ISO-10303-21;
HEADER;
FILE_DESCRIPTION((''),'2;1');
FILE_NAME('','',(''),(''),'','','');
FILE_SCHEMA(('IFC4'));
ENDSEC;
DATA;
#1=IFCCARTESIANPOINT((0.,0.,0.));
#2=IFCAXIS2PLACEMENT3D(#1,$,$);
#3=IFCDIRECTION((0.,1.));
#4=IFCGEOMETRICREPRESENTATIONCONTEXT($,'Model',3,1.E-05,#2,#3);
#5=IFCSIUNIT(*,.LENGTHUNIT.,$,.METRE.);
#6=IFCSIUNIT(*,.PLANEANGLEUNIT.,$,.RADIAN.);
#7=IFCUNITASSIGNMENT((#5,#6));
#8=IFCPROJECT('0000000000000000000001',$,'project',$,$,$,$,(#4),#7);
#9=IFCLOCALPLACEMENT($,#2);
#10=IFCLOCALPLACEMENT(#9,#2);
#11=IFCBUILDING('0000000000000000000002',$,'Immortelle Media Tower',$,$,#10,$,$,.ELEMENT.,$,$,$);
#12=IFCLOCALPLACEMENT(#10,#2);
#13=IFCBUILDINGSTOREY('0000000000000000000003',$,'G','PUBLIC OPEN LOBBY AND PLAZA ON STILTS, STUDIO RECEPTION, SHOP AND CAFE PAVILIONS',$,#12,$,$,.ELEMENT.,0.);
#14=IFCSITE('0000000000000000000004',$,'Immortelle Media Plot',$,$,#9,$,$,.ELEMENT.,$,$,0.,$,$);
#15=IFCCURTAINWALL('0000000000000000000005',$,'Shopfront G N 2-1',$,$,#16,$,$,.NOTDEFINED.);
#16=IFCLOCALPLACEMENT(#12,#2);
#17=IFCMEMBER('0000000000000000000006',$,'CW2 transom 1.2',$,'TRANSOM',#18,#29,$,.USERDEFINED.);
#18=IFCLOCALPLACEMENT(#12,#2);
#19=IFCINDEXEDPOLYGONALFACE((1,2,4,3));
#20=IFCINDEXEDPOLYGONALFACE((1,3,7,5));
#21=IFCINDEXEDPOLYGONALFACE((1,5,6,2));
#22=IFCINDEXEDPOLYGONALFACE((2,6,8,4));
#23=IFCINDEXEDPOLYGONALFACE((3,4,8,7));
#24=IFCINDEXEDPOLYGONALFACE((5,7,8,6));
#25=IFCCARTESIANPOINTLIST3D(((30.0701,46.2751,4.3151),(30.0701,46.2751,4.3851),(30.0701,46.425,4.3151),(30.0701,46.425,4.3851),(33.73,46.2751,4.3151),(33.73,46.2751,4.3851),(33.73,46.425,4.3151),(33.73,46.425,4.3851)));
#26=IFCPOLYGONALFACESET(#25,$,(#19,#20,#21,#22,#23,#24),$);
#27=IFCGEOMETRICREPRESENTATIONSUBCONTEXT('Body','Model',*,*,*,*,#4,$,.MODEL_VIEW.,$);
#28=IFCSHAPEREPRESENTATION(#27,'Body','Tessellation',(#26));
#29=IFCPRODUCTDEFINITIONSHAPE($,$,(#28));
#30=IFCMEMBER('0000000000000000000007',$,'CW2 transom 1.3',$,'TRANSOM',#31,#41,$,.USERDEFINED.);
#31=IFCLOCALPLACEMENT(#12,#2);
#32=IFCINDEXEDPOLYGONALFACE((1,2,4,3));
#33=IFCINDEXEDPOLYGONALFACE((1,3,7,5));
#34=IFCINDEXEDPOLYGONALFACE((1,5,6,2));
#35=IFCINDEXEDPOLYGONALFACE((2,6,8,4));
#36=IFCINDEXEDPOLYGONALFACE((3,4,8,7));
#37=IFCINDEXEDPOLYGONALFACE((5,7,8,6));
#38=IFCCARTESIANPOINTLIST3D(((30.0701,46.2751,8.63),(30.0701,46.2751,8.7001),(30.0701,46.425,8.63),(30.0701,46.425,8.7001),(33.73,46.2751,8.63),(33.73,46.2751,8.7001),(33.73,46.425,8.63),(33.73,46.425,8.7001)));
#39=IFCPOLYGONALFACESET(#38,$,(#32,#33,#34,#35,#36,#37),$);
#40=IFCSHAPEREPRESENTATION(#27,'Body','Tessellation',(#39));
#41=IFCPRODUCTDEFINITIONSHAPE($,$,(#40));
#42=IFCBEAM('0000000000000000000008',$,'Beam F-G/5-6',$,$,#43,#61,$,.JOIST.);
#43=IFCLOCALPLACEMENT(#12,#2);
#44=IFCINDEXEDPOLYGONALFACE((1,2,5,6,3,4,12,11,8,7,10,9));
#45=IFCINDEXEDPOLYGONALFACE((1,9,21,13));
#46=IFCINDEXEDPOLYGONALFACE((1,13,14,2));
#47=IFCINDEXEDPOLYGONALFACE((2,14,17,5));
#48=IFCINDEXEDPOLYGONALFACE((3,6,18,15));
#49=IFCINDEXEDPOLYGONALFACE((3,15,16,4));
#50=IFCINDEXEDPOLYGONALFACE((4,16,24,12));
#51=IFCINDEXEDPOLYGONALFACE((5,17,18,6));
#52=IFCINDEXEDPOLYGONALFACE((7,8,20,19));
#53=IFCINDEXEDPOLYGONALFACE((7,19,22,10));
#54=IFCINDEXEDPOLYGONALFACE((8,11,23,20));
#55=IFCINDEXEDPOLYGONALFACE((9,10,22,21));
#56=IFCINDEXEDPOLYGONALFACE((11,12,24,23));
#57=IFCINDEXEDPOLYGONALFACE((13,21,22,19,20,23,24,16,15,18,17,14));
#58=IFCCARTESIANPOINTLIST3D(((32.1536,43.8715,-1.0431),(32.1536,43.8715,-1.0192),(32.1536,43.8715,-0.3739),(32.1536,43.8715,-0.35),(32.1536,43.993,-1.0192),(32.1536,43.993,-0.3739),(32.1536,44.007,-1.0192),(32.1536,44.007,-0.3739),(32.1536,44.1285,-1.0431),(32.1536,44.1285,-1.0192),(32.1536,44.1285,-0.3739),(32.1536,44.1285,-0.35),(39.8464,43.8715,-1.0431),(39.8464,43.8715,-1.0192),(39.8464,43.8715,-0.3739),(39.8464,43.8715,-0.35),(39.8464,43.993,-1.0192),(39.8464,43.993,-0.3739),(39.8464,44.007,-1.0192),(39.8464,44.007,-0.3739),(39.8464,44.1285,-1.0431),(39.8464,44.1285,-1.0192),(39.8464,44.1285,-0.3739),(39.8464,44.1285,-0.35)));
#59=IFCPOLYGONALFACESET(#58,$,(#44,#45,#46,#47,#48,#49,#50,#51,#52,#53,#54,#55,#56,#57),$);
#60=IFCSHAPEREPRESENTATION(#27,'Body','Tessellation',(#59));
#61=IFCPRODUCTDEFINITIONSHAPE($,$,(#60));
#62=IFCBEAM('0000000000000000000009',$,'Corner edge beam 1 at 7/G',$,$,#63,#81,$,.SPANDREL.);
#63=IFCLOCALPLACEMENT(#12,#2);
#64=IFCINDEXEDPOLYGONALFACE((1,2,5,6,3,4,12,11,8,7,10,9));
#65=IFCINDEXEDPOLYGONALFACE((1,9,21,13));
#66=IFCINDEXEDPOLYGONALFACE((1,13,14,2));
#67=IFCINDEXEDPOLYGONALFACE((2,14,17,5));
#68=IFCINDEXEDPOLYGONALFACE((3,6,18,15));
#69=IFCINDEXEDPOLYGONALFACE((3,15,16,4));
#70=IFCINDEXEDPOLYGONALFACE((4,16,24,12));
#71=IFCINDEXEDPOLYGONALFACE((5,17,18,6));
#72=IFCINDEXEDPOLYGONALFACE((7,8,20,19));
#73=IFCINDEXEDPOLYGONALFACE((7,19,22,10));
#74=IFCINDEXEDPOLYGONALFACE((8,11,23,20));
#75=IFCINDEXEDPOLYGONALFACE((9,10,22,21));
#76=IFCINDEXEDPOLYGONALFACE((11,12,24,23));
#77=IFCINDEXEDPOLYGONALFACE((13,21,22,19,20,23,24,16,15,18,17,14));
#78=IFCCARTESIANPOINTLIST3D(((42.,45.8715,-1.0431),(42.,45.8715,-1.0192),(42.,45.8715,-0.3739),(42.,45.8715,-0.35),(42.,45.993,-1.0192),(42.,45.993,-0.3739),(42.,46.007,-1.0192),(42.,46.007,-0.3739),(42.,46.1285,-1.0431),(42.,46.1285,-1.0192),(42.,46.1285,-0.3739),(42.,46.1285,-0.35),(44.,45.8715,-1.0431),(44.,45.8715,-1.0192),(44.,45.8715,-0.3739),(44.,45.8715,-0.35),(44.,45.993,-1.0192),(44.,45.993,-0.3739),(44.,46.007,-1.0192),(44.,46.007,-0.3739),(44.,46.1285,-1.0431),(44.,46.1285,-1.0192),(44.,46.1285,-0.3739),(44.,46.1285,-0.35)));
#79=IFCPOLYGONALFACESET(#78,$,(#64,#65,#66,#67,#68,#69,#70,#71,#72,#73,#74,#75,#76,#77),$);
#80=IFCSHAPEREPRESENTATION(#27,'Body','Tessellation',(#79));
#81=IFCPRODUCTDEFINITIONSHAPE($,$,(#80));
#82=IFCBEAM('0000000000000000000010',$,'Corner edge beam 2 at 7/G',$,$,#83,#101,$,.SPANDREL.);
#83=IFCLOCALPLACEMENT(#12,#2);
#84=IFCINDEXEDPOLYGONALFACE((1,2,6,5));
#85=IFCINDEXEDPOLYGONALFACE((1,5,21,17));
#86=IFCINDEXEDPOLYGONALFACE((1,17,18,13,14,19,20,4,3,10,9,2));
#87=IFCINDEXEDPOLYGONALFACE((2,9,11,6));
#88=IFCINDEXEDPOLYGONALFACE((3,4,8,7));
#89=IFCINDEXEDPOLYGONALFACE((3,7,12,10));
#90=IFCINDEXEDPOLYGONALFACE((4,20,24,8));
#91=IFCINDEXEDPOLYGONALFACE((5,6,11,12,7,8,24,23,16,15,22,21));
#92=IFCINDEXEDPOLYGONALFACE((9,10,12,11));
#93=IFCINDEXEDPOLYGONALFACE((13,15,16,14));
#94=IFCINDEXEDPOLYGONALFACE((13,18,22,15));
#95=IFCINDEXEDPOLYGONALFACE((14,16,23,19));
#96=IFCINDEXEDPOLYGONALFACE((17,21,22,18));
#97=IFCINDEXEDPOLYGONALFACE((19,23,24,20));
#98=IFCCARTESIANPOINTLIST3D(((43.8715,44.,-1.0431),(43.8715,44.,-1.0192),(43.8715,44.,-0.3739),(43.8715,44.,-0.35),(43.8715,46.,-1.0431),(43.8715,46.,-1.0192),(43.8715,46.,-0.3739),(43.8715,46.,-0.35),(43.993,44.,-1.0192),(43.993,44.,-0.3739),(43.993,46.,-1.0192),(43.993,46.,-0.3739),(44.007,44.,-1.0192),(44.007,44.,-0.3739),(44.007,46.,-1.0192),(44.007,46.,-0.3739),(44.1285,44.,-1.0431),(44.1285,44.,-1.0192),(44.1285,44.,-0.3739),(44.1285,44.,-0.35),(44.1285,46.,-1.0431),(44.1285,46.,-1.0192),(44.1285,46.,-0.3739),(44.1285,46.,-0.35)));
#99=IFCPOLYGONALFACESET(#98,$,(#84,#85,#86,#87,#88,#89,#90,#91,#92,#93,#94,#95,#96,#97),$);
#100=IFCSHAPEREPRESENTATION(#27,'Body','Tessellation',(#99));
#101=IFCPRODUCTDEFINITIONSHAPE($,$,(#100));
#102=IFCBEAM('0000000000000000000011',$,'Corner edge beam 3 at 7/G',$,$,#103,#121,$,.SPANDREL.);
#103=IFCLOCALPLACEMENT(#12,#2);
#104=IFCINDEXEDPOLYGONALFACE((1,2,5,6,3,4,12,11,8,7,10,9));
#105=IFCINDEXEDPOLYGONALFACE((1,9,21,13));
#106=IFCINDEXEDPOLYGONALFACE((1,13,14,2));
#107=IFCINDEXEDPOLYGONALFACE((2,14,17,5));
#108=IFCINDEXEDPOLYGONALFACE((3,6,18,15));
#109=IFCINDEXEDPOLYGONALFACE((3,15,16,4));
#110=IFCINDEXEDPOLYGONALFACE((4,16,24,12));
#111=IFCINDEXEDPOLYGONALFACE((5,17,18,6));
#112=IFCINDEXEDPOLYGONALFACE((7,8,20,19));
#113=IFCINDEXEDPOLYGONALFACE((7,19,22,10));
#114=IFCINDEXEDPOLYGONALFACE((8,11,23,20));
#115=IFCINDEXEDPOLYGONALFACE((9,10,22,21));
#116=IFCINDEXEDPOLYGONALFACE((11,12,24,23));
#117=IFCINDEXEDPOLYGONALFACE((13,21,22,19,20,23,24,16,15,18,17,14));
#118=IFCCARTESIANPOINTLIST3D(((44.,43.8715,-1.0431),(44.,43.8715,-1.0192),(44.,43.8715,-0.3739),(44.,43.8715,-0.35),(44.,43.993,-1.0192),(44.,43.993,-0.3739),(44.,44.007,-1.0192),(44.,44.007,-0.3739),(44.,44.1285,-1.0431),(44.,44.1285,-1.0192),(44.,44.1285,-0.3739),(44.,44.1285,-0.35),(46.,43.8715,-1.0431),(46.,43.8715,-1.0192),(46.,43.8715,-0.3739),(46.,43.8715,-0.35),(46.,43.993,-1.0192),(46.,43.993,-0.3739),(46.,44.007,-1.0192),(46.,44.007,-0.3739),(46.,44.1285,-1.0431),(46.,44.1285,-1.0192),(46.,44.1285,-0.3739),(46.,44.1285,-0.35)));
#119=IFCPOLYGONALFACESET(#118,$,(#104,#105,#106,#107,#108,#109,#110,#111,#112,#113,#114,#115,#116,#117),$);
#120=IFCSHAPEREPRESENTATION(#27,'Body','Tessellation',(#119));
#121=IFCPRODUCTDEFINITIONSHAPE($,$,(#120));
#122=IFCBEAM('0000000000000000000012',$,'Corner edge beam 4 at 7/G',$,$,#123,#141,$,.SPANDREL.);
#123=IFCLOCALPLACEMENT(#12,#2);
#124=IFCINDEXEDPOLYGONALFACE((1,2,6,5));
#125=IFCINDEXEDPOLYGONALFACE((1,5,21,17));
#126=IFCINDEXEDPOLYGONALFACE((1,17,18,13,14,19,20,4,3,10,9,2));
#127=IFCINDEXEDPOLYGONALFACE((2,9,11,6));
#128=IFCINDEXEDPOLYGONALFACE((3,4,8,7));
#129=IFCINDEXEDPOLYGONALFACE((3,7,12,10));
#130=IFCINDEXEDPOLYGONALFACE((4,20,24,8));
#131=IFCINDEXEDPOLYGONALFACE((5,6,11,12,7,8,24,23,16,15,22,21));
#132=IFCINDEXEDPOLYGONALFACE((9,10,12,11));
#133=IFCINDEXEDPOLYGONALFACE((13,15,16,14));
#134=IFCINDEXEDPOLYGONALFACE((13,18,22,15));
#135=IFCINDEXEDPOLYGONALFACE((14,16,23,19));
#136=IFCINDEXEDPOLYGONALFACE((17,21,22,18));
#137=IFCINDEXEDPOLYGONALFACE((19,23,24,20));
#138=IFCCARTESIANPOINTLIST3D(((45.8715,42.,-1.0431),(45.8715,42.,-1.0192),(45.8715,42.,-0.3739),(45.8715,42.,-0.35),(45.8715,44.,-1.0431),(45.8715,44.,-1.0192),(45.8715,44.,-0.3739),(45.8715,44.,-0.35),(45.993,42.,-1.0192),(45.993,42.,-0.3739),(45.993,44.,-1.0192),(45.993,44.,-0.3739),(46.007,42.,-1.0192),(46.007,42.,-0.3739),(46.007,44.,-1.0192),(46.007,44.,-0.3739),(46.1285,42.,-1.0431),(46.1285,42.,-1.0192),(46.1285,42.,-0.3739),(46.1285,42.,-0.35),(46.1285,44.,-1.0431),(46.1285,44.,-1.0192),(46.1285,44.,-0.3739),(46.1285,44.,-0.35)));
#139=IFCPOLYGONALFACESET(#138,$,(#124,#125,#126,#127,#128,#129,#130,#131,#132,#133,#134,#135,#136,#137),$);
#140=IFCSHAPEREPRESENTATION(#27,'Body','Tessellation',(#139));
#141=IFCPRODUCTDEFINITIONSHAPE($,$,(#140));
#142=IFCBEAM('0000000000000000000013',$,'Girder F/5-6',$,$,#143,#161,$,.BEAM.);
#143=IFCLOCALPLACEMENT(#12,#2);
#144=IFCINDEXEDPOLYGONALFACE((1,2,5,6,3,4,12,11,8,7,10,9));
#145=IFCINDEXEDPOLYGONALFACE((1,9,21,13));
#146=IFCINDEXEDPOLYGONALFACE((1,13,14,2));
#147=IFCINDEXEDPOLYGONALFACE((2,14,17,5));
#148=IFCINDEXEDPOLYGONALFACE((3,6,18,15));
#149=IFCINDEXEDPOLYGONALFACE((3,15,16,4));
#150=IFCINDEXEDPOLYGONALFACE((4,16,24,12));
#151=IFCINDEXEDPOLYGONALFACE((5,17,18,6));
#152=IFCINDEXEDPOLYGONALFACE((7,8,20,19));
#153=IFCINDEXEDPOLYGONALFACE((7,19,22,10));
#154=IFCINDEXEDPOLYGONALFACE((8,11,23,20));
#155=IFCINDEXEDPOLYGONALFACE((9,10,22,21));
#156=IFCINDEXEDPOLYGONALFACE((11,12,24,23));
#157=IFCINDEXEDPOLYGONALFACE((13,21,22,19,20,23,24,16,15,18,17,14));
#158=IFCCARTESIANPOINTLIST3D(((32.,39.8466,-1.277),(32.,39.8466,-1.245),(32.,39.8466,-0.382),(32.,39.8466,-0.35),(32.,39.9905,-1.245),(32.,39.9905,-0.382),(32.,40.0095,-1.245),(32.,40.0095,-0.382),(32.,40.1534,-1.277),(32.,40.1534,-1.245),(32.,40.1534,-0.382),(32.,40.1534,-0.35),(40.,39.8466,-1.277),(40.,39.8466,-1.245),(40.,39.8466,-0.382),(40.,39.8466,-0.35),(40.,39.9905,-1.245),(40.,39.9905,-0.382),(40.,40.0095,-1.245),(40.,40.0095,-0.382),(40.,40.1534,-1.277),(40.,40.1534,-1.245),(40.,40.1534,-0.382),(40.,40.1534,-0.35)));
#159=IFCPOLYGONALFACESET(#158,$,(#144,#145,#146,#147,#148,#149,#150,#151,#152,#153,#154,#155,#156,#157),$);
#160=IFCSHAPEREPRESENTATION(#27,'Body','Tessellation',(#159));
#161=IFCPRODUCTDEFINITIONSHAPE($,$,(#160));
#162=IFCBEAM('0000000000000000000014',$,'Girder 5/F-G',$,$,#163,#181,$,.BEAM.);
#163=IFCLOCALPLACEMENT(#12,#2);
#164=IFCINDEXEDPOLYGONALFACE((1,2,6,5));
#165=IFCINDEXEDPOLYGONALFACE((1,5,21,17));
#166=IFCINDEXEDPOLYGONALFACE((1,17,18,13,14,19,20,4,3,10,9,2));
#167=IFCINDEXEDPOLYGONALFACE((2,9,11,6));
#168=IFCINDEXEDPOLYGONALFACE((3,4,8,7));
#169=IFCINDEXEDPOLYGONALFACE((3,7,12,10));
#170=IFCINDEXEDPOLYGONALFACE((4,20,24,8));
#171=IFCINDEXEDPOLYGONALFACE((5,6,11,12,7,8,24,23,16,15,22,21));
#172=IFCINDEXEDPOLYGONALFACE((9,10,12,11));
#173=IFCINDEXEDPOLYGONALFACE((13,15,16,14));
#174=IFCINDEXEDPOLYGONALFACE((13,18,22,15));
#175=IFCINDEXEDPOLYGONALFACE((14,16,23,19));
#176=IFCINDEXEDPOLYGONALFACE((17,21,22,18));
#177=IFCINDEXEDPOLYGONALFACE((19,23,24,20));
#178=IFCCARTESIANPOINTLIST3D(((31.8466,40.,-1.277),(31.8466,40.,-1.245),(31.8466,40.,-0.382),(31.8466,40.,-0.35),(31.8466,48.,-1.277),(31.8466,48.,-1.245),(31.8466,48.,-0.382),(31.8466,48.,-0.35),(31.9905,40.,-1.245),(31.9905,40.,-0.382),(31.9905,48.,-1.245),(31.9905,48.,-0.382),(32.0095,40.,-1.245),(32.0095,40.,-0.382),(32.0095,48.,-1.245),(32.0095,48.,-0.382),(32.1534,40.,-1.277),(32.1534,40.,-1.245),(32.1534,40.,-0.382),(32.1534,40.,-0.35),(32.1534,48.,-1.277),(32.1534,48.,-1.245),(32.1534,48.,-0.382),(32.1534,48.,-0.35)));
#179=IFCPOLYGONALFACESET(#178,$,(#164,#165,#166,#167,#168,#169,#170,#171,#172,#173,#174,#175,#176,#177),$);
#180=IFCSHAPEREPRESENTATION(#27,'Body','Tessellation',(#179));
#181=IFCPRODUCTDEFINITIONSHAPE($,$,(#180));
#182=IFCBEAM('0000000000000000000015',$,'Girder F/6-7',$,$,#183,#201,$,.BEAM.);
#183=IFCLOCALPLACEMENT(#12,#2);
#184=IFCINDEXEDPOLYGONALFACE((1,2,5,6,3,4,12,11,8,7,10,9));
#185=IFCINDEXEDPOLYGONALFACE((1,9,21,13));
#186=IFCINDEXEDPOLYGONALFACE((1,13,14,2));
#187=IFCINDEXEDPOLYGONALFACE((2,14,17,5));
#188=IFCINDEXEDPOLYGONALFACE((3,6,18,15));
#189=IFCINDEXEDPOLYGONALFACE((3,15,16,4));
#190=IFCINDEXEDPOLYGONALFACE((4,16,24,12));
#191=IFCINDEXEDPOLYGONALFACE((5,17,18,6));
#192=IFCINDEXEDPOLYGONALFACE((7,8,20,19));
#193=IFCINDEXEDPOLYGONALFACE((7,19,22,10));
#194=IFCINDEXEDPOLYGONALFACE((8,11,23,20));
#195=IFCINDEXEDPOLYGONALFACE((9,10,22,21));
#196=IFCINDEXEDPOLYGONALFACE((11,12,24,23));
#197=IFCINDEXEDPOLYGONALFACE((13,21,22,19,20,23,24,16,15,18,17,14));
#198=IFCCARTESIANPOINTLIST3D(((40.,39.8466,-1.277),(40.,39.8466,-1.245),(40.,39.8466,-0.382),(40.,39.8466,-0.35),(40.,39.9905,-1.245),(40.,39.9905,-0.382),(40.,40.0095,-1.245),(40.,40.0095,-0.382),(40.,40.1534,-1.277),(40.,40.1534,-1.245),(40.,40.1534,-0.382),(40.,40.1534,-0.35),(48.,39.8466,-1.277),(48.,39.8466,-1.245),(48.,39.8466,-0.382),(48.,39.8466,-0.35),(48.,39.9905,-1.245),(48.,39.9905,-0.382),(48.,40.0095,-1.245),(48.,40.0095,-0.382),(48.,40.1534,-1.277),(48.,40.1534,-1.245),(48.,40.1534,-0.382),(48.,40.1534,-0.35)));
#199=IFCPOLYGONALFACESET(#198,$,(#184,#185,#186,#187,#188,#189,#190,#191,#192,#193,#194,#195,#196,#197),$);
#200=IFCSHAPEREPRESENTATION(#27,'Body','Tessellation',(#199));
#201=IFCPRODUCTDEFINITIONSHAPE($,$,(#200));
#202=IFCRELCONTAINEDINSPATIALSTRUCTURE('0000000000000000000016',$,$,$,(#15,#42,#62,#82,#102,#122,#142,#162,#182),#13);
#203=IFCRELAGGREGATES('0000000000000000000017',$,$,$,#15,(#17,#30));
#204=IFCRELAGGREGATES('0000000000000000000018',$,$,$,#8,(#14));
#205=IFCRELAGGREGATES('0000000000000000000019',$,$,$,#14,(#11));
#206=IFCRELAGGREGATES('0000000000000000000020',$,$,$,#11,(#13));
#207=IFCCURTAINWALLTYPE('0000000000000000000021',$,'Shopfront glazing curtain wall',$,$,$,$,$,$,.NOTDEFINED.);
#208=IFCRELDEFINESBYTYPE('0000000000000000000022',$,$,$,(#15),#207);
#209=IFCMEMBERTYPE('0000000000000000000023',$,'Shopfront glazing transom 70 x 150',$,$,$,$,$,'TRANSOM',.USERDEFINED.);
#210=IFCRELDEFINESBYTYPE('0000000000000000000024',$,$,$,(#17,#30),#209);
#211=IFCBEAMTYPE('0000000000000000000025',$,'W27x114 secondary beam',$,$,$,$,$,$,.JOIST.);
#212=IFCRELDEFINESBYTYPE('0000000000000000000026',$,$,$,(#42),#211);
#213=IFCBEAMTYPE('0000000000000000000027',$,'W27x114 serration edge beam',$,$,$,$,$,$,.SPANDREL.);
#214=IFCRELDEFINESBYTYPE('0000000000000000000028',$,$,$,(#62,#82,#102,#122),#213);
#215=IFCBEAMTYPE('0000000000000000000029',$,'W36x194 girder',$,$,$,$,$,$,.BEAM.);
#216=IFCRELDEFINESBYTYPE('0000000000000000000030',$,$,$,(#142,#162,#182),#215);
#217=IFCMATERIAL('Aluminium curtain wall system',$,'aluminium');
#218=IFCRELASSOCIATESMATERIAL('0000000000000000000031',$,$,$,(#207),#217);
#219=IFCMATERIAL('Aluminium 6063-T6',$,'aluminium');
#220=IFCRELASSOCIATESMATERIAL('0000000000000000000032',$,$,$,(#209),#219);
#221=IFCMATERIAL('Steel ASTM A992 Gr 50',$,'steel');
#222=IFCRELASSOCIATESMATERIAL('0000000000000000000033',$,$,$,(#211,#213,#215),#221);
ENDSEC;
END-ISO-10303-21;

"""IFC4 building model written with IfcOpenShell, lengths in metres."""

from ifc_helpers import new_model, si_unit, direction, frame, origin, origin_2d, place, context, subcontext, project, spatial, rectangle, i_section, extrude, material, material_profile, profile_set, type_object, element, aggregate, save


model = new_model("IFC4")

# Units and contexts
model_context = context("Model", 3, precision=1e-05, world=origin(), true_north=direction((0.0, 1.0)))
body_context = subcontext(model_context, "Body", "Model", "MODEL_VIEW")
ifc_project = project(units=[si_unit("LENGTHUNIT", "METRE"), si_unit("PLANEANGLEUNIT", "RADIAN")], contexts=[model_context])

# Site, building, storey
site_placement = place(None, origin())
site = spatial("IfcSite", under=ifc_project, at=site_placement, Name="Immortelle Media Plot", CompositionType="ELEMENT", RefElevation=0.0)
building_placement = place(site_placement, origin())
building = spatial("IfcBuilding", under=site, at=building_placement, Name="Immortelle Media Tower", CompositionType="ELEMENT")
storey_placement = place(building_placement, origin())
storey = spatial("IfcBuildingStorey", under=building, at=storey_placement, Name="G", Description="PUBLIC OPEN LOBBY AND PLAZA ON STILTS, STUDIO RECEPTION, SHOP AND CAFE PAVILIONS", CompositionType="ELEMENT", Elevation=0.0)

# Shared definitions
ifc_material_1 = material(Name="Aluminium curtain wall system", Category="aluminium")
curtain_wall_type = type_object("IfcCurtainWallType", Name="Shopfront glazing curtain wall", PredefinedType="NOTDEFINED", material=ifc_material_1)
ifc_material_2 = material(Name="Aluminium 6063-T6", Category="aluminium")

# Curtain wall
curtain_wall_1_placement = place(storey_placement, origin())
curtain_wall_1 = element("IfcCurtainWall", 1, at=curtain_wall_1_placement, inside=storey, type_object=curtain_wall_type, Name="Shopfront G N 2-1", PredefinedType="NOTDEFINED")

# Members
ifc_material_profile_1 = material_profile(ifc_material_2, rectangle(XDim=0.1499, YDim=0.0701, at=origin_2d()), Name="AL 70x150")
ifc_profile_set_1 = profile_set([ifc_material_profile_1], Name="Aluminium 6063-T6")
member_type_1 = type_object("IfcMemberType", Name="Shopfront glazing transom 70 x 150", ElementType="TRANSOM", PredefinedType="USERDEFINED", material=ifc_profile_set_1)
member_1_placement = place(storey_placement, frame((33.73, 46.3501, 4.3501), z_axis=(-1.0, 0.0, 0.0), x_axis=(0.0, -1.0, 0.0)))
member_1 = element("IfcMember", 2, at=member_1_placement, type_object=member_type_1, Name="CW2 transom 1.2", ObjectType="TRANSOM", PredefinedType="USERDEFINED", context=body_context, shape_type="SweptSolid", body=[
    extrude(rectangle(XDim=0.1499, YDim=0.0701, at=origin_2d()), origin(), (0.0, 0.0, 1.0), 3.6599),
])
member_2_placement = place(storey_placement, frame((33.73, 46.3501, 8.665), z_axis=(-1.0, 0.0, 0.0), x_axis=(0.0, -1.0, 0.0)))
member_2 = element("IfcMember", 3, at=member_2_placement, type_object=member_type_1, Name="CW2 transom 1.3", ObjectType="TRANSOM", PredefinedType="USERDEFINED", context=body_context, shape_type="SweptSolid", body=[
    extrude(rectangle(XDim=0.1499, YDim=0.0701, at=origin_2d()), origin(), (0.0, 0.0, 1.0), 3.6599),
])

# Beams
ifc_material_3 = material(Name="Steel ASTM A992 Gr 50", Category="steel")
ifc_material_profile_2 = material_profile(ifc_material_3, i_section(OverallWidth=0.2571, OverallDepth=0.6931, WebThickness=0.0139, FlangeThickness=0.0239, at=origin_2d()), Name="W27x114")
ifc_profile_set_2 = profile_set([ifc_material_profile_2], Name="Steel ASTM A992 Gr 50")
beam_type_1 = type_object("IfcBeamType", Name="W27x114 secondary beam", PredefinedType="JOIST", material=ifc_profile_set_2)
beam_1_placement = place(storey_placement, frame((32.1536, 44.0, -0.6965), z_axis=(1.0, 0.0, 0.0), x_axis=(0.0, 1.0, 0.0)))
element("IfcBeam", 4, at=beam_1_placement, inside=storey, type_object=beam_type_1, Name="Beam F-G/5-6", PredefinedType="JOIST", context=body_context, shape_type="SweptSolid", body=[
    extrude(i_section(OverallWidth=0.2571, OverallDepth=0.6931, WebThickness=0.0139, FlangeThickness=0.0239, at=origin_2d()), origin(), (0.0, 0.0, 1.0), 7.6929),
])
ifc_material_profile_3 = material_profile(ifc_material_3, i_section(OverallWidth=0.2571, OverallDepth=0.6931, WebThickness=0.0139, FlangeThickness=0.0239, at=origin_2d()), Name="W27x114")
ifc_profile_set_3 = profile_set([ifc_material_profile_3], Name="Steel ASTM A992 Gr 50")
beam_type_2 = type_object("IfcBeamType", Name="W27x114 serration edge beam", PredefinedType="SPANDREL", material=ifc_profile_set_3)
for number, where, z_axis, x_axis, name in (
    (5, (42.0, 46.0, -0.6965), (1.0, 0.0, 0.0), (0.0, 1.0, 0.0), "Corner edge beam 1 at 7/G"),
    (6, (44.0, 46.0, -0.6965), (0.0, -1.0, 0.0), (1.0, 0.0, 0.0), "Corner edge beam 2 at 7/G"),
    (7, (44.0, 44.0, -0.6965), (1.0, 0.0, 0.0), (0.0, 1.0, 0.0), "Corner edge beam 3 at 7/G"),
    (8, (46.0, 44.0, -0.6965), (0.0, -1.0, 0.0), (1.0, 0.0, 0.0), "Corner edge beam 4 at 7/G"),
):
    element("IfcBeam", number, at=place(storey_placement, frame(where, z_axis=z_axis, x_axis=x_axis)), inside=storey, type_object=beam_type_2, Name=name, PredefinedType="SPANDREL", context=body_context, shape_type="SweptSolid", body=[
        extrude(i_section(OverallWidth=0.2571, OverallDepth=0.6931, WebThickness=0.0139, FlangeThickness=0.0239, at=origin_2d()), origin(), (0.0, 0.0, 1.0), 2.0),
    ])
ifc_material_profile_4 = material_profile(ifc_material_3, i_section(OverallWidth=0.3069, OverallDepth=0.927, WebThickness=0.019, FlangeThickness=0.032, at=origin_2d()), Name="W36x194")
ifc_profile_set_4 = profile_set([ifc_material_profile_4], Name="Steel ASTM A992 Gr 50")
beam_type_3 = type_object("IfcBeamType", Name="W36x194 girder", PredefinedType="BEAM", material=ifc_profile_set_4)
for number, where, z_axis, x_axis, name in (
    (9, (32.0, 40.0, -0.8135), (1.0, 0.0, 0.0), (0.0, 1.0, 0.0), "Girder F/5-6"),
    (10, (32.0, 40.0, -0.8135), (0.0, 1.0, 0.0), (-1.0, 0.0, 0.0), "Girder 5/F-G"),
    (11, (40.0, 40.0, -0.8135), (1.0, 0.0, 0.0), (0.0, 1.0, 0.0), "Girder F/6-7"),
):
    element("IfcBeam", number, at=place(storey_placement, frame(where, z_axis=z_axis, x_axis=x_axis)), inside=storey, type_object=beam_type_3, Name=name, PredefinedType="BEAM", context=body_context, shape_type="SweptSolid", body=[
        extrude(i_section(OverallWidth=0.3069, OverallDepth=0.927, WebThickness=0.019, FlangeThickness=0.032, at=origin_2d()), origin(), (0.0, 0.0, 1.0), 8.0),
    ])

aggregate(curtain_wall_1, [member_1, member_2])

save(model, "model.ifc")
